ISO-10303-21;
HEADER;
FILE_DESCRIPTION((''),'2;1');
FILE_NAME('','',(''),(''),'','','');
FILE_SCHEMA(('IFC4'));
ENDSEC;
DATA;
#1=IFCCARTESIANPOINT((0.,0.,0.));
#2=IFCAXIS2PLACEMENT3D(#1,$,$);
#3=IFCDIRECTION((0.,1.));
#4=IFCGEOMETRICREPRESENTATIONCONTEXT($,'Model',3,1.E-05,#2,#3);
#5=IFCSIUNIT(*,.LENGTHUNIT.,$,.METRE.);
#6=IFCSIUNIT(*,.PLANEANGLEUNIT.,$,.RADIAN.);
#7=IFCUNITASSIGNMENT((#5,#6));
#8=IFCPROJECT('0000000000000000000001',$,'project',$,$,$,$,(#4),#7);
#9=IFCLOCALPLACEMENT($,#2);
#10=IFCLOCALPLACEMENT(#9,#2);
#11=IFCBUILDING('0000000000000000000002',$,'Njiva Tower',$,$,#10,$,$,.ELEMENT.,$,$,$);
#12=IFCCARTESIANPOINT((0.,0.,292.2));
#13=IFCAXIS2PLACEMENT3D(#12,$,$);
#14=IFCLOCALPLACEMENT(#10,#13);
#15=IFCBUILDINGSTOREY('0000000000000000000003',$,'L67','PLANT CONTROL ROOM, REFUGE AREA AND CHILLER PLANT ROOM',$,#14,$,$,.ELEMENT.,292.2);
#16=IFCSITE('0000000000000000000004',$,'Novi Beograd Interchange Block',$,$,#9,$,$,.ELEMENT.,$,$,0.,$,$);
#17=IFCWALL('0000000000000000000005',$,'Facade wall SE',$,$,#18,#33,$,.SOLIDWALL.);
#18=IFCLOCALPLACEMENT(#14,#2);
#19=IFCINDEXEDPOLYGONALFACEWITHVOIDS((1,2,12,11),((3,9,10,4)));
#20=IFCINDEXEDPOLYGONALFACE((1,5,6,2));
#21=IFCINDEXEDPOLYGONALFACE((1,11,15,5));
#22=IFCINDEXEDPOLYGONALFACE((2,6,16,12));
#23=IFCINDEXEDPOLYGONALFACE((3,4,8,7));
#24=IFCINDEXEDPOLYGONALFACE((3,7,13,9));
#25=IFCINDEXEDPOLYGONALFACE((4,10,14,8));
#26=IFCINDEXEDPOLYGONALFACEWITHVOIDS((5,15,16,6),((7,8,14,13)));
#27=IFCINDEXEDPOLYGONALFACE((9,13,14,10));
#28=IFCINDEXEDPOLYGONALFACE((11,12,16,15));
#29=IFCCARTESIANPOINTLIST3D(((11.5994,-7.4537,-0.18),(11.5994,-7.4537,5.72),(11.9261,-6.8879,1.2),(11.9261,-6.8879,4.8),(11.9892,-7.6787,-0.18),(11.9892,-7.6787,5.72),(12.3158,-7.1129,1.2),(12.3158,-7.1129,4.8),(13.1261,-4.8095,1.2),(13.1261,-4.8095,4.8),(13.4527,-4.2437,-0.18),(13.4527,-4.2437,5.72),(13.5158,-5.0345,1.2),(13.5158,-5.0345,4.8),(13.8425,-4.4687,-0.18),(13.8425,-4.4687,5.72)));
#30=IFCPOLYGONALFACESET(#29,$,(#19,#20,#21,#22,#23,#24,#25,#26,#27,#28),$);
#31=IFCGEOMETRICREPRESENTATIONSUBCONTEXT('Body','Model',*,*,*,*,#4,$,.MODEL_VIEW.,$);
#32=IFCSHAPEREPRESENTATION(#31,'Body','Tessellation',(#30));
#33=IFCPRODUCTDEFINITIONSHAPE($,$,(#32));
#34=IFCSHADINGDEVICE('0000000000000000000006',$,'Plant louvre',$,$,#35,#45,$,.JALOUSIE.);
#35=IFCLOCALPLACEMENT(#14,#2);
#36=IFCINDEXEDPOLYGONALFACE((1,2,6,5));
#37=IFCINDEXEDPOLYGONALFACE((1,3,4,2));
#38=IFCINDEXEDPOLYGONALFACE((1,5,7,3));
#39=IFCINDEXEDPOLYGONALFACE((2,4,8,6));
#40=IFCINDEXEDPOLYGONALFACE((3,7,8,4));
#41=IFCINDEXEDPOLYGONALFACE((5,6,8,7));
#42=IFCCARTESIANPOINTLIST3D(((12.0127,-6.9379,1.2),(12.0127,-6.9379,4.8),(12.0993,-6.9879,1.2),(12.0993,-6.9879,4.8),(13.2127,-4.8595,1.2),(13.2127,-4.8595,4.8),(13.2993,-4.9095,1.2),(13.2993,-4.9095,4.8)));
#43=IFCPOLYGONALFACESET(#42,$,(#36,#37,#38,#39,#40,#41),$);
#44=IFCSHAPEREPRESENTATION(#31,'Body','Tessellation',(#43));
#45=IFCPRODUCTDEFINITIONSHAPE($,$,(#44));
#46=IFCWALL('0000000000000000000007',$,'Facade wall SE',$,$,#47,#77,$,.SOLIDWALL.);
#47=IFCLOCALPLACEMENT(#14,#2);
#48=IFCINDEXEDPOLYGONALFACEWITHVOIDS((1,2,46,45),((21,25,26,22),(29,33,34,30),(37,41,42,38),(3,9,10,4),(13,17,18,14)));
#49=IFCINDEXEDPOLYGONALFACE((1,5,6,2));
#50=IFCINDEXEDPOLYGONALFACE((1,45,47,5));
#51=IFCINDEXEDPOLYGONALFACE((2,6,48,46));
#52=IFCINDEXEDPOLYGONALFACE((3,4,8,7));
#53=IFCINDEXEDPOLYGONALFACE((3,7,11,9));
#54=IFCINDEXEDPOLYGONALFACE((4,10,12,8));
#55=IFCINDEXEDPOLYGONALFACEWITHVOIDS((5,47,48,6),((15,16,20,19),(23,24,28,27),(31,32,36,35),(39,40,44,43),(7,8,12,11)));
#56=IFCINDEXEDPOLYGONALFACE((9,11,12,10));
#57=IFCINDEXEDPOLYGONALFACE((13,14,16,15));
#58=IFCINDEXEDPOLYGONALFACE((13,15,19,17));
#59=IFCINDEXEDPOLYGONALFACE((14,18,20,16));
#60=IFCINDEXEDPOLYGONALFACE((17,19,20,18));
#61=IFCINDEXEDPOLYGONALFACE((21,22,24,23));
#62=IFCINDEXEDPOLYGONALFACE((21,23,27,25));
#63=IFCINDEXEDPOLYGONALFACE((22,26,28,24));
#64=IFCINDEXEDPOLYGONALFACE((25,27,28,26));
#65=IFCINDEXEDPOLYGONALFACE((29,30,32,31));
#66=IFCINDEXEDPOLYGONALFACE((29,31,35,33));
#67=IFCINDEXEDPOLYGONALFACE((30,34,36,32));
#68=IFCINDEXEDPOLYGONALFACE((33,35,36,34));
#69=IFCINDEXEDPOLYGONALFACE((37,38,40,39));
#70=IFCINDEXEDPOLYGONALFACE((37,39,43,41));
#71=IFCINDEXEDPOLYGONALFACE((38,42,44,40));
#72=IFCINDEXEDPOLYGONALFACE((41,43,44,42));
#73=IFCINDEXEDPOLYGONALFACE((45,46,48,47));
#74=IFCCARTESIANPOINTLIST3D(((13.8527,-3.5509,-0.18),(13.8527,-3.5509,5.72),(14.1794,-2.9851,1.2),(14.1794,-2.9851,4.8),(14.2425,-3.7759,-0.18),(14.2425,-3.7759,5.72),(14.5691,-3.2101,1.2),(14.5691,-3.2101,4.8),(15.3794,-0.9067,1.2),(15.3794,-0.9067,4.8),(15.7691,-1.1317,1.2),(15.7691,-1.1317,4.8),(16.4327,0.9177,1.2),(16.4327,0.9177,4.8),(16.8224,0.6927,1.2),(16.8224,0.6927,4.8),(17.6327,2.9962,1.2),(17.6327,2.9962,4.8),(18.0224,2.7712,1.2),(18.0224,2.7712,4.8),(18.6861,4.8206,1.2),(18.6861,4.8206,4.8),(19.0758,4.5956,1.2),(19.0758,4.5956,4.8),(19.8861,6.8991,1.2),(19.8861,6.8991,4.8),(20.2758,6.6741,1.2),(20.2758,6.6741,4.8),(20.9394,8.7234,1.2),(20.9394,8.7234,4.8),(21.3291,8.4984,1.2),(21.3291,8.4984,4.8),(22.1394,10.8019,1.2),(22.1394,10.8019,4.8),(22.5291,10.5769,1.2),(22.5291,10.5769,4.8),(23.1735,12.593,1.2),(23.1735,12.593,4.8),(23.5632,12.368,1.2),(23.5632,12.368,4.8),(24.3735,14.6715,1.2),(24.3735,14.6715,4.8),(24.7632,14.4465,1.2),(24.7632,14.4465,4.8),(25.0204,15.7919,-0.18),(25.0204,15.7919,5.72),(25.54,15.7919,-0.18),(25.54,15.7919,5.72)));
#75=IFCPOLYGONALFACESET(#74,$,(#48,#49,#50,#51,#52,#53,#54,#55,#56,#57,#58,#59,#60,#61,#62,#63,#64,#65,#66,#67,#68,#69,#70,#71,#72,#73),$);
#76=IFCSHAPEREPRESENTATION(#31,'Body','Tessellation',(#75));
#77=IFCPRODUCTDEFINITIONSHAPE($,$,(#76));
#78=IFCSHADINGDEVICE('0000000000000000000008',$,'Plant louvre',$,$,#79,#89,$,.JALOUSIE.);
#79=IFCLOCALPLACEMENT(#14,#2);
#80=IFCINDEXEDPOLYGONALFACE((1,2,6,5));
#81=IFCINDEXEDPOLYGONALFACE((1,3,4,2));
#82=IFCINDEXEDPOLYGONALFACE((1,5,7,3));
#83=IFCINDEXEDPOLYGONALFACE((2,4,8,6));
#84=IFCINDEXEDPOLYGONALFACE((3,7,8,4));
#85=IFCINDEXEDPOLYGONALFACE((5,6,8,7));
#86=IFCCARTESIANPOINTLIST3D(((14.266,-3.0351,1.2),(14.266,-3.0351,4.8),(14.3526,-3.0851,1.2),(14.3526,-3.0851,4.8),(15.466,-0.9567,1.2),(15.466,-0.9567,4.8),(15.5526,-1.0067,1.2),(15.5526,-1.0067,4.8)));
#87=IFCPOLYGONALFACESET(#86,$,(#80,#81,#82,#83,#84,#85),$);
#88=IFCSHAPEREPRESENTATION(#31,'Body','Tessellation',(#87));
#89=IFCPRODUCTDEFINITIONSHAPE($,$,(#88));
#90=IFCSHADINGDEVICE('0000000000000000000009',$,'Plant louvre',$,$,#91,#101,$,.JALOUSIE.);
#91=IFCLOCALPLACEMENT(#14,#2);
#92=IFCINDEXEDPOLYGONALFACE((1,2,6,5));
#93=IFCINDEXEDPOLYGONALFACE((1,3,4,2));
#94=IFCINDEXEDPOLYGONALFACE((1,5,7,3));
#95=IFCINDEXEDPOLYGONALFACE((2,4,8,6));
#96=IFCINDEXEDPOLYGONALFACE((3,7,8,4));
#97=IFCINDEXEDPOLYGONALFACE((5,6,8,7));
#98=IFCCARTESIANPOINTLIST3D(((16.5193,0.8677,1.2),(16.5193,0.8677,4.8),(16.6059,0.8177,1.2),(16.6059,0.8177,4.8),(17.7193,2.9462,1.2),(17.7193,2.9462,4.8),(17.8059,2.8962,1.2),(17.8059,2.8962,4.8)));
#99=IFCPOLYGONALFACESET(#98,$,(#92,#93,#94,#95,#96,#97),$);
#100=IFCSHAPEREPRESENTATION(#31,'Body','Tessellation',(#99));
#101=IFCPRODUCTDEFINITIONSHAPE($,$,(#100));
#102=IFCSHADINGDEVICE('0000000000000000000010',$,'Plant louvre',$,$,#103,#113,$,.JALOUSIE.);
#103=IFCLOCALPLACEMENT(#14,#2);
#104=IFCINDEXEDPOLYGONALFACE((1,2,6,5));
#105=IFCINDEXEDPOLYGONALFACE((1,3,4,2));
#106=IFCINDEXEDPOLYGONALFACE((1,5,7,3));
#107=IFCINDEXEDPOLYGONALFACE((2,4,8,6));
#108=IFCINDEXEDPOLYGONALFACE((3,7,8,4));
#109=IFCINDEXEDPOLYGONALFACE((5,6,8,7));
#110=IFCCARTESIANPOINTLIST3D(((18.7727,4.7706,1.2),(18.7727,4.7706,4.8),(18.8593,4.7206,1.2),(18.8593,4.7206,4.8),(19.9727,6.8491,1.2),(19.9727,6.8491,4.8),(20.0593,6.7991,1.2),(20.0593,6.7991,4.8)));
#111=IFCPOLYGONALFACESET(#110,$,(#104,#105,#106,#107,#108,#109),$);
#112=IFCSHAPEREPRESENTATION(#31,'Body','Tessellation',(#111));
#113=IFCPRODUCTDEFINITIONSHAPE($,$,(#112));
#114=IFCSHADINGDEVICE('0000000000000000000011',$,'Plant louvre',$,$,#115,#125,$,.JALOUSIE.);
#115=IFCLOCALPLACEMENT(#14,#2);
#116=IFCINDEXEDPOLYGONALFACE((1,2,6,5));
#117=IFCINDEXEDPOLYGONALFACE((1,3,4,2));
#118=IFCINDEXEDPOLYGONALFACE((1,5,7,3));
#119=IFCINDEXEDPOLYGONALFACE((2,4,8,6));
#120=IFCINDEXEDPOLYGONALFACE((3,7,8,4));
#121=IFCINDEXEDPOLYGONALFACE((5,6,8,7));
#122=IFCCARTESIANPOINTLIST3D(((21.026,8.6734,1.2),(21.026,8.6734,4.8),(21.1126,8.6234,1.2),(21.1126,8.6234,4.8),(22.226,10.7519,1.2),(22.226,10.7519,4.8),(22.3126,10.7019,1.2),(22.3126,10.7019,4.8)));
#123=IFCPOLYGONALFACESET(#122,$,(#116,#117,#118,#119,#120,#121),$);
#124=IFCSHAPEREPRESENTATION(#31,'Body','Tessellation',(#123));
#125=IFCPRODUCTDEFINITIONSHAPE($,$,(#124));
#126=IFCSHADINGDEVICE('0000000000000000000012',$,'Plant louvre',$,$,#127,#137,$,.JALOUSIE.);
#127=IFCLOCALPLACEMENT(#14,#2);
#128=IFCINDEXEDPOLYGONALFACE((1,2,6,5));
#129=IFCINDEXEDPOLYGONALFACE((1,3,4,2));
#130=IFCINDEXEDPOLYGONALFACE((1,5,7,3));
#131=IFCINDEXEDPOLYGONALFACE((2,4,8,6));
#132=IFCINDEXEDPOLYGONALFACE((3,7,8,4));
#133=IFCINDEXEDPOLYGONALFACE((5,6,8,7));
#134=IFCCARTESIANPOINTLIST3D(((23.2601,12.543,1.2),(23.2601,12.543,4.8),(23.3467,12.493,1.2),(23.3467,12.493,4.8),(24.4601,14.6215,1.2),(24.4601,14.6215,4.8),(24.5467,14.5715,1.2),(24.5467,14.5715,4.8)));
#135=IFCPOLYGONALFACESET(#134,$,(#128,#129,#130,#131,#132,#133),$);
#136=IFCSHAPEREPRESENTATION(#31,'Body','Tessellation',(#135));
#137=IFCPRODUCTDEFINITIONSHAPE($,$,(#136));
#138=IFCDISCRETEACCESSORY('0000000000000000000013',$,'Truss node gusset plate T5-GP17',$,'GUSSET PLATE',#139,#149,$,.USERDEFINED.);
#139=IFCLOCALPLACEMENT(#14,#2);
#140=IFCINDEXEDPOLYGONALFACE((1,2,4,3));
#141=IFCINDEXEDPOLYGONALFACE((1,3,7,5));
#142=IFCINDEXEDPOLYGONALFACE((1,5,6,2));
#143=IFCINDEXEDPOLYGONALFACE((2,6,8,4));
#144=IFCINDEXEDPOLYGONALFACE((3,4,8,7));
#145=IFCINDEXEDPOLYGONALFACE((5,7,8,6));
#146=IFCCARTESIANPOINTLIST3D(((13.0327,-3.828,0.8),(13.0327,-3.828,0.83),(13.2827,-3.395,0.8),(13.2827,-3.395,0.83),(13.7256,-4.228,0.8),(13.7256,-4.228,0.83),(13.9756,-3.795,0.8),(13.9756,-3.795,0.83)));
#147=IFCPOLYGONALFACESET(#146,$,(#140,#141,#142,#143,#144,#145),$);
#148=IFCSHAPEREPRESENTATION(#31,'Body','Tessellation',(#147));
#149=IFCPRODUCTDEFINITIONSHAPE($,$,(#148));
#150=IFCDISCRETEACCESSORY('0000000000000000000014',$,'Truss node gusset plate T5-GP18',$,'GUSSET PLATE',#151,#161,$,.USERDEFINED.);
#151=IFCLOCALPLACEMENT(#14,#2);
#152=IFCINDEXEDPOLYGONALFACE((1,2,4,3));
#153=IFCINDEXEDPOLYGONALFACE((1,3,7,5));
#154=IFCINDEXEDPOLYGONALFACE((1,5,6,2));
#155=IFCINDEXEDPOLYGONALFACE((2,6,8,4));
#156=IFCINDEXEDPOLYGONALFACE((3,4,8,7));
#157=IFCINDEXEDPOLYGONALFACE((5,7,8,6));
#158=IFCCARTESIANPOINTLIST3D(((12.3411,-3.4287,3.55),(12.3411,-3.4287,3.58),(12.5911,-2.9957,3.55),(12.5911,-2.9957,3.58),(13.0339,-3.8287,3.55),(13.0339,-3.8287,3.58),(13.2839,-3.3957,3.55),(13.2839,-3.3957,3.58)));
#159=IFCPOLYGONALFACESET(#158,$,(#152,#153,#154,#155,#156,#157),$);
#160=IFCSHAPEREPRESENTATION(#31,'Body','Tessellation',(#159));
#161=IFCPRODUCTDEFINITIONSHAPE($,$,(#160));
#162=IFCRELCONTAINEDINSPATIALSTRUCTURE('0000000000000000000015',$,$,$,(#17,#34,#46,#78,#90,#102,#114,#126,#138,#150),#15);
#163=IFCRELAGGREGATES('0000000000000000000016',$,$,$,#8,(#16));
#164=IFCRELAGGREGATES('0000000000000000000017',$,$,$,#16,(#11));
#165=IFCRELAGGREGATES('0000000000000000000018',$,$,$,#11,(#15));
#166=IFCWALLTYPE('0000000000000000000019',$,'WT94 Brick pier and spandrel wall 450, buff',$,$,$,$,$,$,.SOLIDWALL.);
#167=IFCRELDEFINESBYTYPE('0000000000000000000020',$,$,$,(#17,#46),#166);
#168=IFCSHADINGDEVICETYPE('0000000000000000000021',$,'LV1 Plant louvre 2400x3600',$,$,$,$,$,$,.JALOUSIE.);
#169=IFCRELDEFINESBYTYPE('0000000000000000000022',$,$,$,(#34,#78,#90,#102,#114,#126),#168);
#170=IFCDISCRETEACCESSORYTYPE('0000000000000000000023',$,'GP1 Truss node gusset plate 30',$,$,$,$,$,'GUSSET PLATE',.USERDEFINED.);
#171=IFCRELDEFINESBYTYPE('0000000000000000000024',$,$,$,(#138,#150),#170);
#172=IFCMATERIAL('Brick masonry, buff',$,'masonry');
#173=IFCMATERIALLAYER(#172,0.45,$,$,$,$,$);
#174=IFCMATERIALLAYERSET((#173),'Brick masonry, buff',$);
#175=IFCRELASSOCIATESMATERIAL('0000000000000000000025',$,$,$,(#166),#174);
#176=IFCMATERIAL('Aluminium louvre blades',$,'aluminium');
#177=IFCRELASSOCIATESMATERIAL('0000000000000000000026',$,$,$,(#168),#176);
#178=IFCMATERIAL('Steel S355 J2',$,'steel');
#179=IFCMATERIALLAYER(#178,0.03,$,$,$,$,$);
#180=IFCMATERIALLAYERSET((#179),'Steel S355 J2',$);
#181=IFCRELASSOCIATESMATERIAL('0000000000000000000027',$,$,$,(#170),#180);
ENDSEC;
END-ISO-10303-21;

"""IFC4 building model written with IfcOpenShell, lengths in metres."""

from ifc_helpers import new_model, si_unit, direction, frame, frame_2d, origin, place, context, subcontext, project, spatial, polyline, rectangle, outline, extrude, material, layer, layer_set, type_object, element, fill, save


model = new_model("IFC4")

# Units and contexts
model_context = context("Model", 3, precision=1e-05, world=origin(), true_north=direction((0.0, 1.0)))
body_context = subcontext(model_context, "Body", "Model", "MODEL_VIEW")
ifc_project = project(units=[si_unit("LENGTHUNIT", "METRE"), si_unit("PLANEANGLEUNIT", "RADIAN")], contexts=[model_context])

# Site, building, storey
site_placement = place(None, origin())
site = spatial("IfcSite", under=ifc_project, at=site_placement, Name="Novi Beograd Interchange Block", CompositionType="ELEMENT", RefElevation=0.0)
building_placement = place(site_placement, origin())
building = spatial("IfcBuilding", under=site, at=building_placement, Name="Njiva Tower", CompositionType="ELEMENT")
storey_placement = place(building_placement, frame((0.0, 0.0, 292.2)))
storey = spatial("IfcBuildingStorey", under=building, at=storey_placement, Name="L67", Description="PLANT CONTROL ROOM, REFUGE AREA AND CHILLER PLANT ROOM", CompositionType="ELEMENT", Elevation=292.2)

# Shared definitions
ifc_material_1 = material(Name="Steel S355 J2", Category="steel")

# Wall, opening, shading device
ifc_material_2 = material(Name="Brick masonry, buff", Category="masonry")
ifc_layer_1 = layer(ifc_material_2, 0.45)
ifc_layer_set_1 = layer_set([ifc_layer_1], Name="Brick masonry, buff")
wall_type = type_object("IfcWallType", Name="WT94 Brick pier and spandrel wall 450, buff", PredefinedType="SOLIDWALL", material=ifc_layer_set_1)
wall_1_placement = place(storey_placement, frame((11.7943, -7.5662, -0.18), z_axis=(0.0, 0.0, 1.0), x_axis=(0.500001, 0.866025, 0.0)))
wall_1 = element("IfcWall", 1, at=wall_1_placement, inside=storey, type_object=wall_type, Name="Facade wall SE", PredefinedType="SOLIDWALL", context=body_context, shape_type="SweptSolid", body=[
    extrude(outline(polyline([(0.0, -0.225), (3.7066, -0.225), (3.7066, 0.225), (0.0, 0.225), (0.0, -0.225)])), origin(), (0.0, 0.0, 1.0), 5.9),
])
opening_1_placement = place(wall_1_placement, frame((0.6533, 0.0, 1.38)))
opening_1 = element("IfcOpeningElement", 2, at=opening_1_placement, cuts=wall_1, PredefinedType="OPENING", context=body_context, shape_type="SweptSolid", body=[
    extrude(rectangle(XDim=2.4, YDim=3.6, at=frame_2d((1.2, 1.8))), frame((0.0, 0.235, 0.0), z_axis=(0.0, -1.0, 0.0), x_axis=(1.0, 0.0, 0.0)), (0.0, 0.0, 1.0), 0.47),
])
ifc_material_3 = material(Name="Aluminium louvre blades", Category="aluminium")
shading_device_type = type_object("IfcShadingDeviceType", Name="LV1 Plant louvre 2400x3600", PredefinedType="JALOUSIE", material=ifc_material_3)
shading_device_1_placement = place(opening_1_placement, origin())
shading_device_1 = element("IfcShadingDevice", 3, at=shading_device_1_placement, inside=storey, type_object=shading_device_type, Name="Plant louvre", PredefinedType="JALOUSIE", context=body_context, shape_type="SweptSolid", body=[
    extrude(rectangle(XDim=2.4, YDim=3.6, at=frame_2d((1.2, 1.8))), frame((0.0, 0.125, 0.0), z_axis=(0.0, -1.0, 0.0), x_axis=(1.0, 0.0, 0.0)), (0.0, 0.0, 1.0), 0.1),
])
fill(opening_1, shading_device_1)

# Wall, openings, shading devices
wall_2_placement = place(storey_placement, frame((14.0476, -3.6634, -0.18), z_axis=(0.0, 0.0, 1.0), x_axis=(0.500003, 0.866024, 0.0)))
wall_2 = element("IfcWall", 4, at=wall_2_placement, inside=storey, type_object=wall_type, Name="Facade wall SE", PredefinedType="SOLIDWALL", context=body_context, shape_type="SweptSolid", body=[
    extrude(outline(polyline([(0.0, -0.225), (22.595, -0.225), (22.3352, 0.225), (0.0, 0.225), (0.0, -0.225)])), origin(), (0.0, 0.0, 1.0), 5.9),
])
opening_2_placement = place(wall_2_placement, frame((0.6533, 0.0, 1.38)))
opening_2 = element("IfcOpeningElement", 5, at=opening_2_placement, cuts=wall_2, PredefinedType="OPENING", context=body_context, shape_type="SweptSolid", body=[
    extrude(rectangle(XDim=2.4, YDim=3.6, at=frame_2d((1.2, 1.8))), frame((0.0, 0.235, 0.0), z_axis=(0.0, -1.0, 0.0), x_axis=(1.0, 0.0, 0.0)), (0.0, 0.0, 1.0), 0.47),
])
opening_3_placement = place(wall_2_placement, frame((5.1599, 0.0, 1.38)))
opening_3 = element("IfcOpeningElement", 6, at=opening_3_placement, cuts=wall_2, PredefinedType="OPENING", context=body_context, shape_type="SweptSolid", body=[
    extrude(rectangle(XDim=2.4, YDim=3.6, at=frame_2d((1.2, 1.8))), frame((0.0, 0.235, 0.0), z_axis=(0.0, -1.0, 0.0), x_axis=(1.0, 0.0, 0.0)), (0.0, 0.0, 1.0), 0.47),
])
opening_4_placement = place(wall_2_placement, frame((9.6666, 0.0, 1.38)))
opening_4 = element("IfcOpeningElement", 7, at=opening_4_placement, cuts=wall_2, PredefinedType="OPENING", context=body_context, shape_type="SweptSolid", body=[
    extrude(rectangle(XDim=2.4, YDim=3.6, at=frame_2d((1.2, 1.8))), frame((0.0, 0.235, 0.0), z_axis=(0.0, -1.0, 0.0), x_axis=(1.0, 0.0, 0.0)), (0.0, 0.0, 1.0), 0.47),
])
opening_5_placement = place(wall_2_placement, frame((14.1732, 0.0, 1.38)))
opening_5 = element("IfcOpeningElement", 8, at=opening_5_placement, cuts=wall_2, PredefinedType="OPENING", context=body_context, shape_type="SweptSolid", body=[
    extrude(rectangle(XDim=2.4, YDim=3.6, at=frame_2d((1.2, 1.8))), frame((0.0, 0.235, 0.0), z_axis=(0.0, -1.0, 0.0), x_axis=(1.0, 0.0, 0.0)), (0.0, 0.0, 1.0), 0.47),
])
opening_6_placement = place(wall_2_placement, frame((18.6414, 0.0, 1.38)))
opening_6 = element("IfcOpeningElement", 9, at=opening_6_placement, cuts=wall_2, PredefinedType="OPENING", context=body_context, shape_type="SweptSolid", body=[
    extrude(rectangle(XDim=2.4, YDim=3.6, at=frame_2d((1.2, 1.8))), frame((0.0, 0.235, 0.0), z_axis=(0.0, -1.0, 0.0), x_axis=(1.0, 0.0, 0.0)), (0.0, 0.0, 1.0), 0.47),
])
shading_device_2_placement = place(opening_2_placement, origin())
shading_device_2 = element("IfcShadingDevice", 10, at=shading_device_2_placement, inside=storey, type_object=shading_device_type, Name="Plant louvre", PredefinedType="JALOUSIE", context=body_context, shape_type="SweptSolid", body=[
    extrude(rectangle(XDim=2.4, YDim=3.6, at=frame_2d((1.2, 1.8))), frame((0.0, 0.125, 0.0), z_axis=(0.0, -1.0, 0.0), x_axis=(1.0, 0.0, 0.0)), (0.0, 0.0, 1.0), 0.1),
])
fill(opening_2, shading_device_2)
shading_device_3_placement = place(opening_3_placement, origin())
shading_device_3 = element("IfcShadingDevice", 11, at=shading_device_3_placement, inside=storey, type_object=shading_device_type, Name="Plant louvre", PredefinedType="JALOUSIE", context=body_context, shape_type="SweptSolid", body=[
    extrude(rectangle(XDim=2.4, YDim=3.6, at=frame_2d((1.2, 1.8))), frame((0.0, 0.125, 0.0), z_axis=(0.0, -1.0, 0.0), x_axis=(1.0, 0.0, 0.0)), (0.0, 0.0, 1.0), 0.1),
])
fill(opening_3, shading_device_3)
shading_device_4_placement = place(opening_4_placement, origin())
shading_device_4 = element("IfcShadingDevice", 12, at=shading_device_4_placement, inside=storey, type_object=shading_device_type, Name="Plant louvre", PredefinedType="JALOUSIE", context=body_context, shape_type="SweptSolid", body=[
    extrude(rectangle(XDim=2.4, YDim=3.6, at=frame_2d((1.2, 1.8))), frame((0.0, 0.125, 0.0), z_axis=(0.0, -1.0, 0.0), x_axis=(1.0, 0.0, 0.0)), (0.0, 0.0, 1.0), 0.1),
])
fill(opening_4, shading_device_4)
shading_device_5_placement = place(opening_5_placement, origin())
shading_device_5 = element("IfcShadingDevice", 13, at=shading_device_5_placement, inside=storey, type_object=shading_device_type, Name="Plant louvre", PredefinedType="JALOUSIE", context=body_context, shape_type="SweptSolid", body=[
    extrude(rectangle(XDim=2.4, YDim=3.6, at=frame_2d((1.2, 1.8))), frame((0.0, 0.125, 0.0), z_axis=(0.0, -1.0, 0.0), x_axis=(1.0, 0.0, 0.0)), (0.0, 0.0, 1.0), 0.1),
])
fill(opening_5, shading_device_5)
shading_device_6_placement = place(opening_6_placement, origin())
shading_device_6 = element("IfcShadingDevice", 14, at=shading_device_6_placement, inside=storey, type_object=shading_device_type, Name="Plant louvre", PredefinedType="JALOUSIE", context=body_context, shape_type="SweptSolid", body=[
    extrude(rectangle(XDim=2.4, YDim=3.6, at=frame_2d((1.2, 1.8))), frame((0.0, 0.125, 0.0), z_axis=(0.0, -1.0, 0.0), x_axis=(1.0, 0.0, 0.0)), (0.0, 0.0, 1.0), 0.1),
])
fill(opening_6, shading_device_6)

# Discrete accessories
ifc_layer_2 = layer(ifc_material_1, 0.03)
ifc_layer_set_2 = layer_set([ifc_layer_2], Name="Steel S355 J2")
discrete_accessory_type = type_object("IfcDiscreteAccessoryType", Name="GP1 Truss node gusset plate 30", ElementType="GUSSET PLATE", PredefinedType="USERDEFINED", material=ifc_layer_set_2)
discrete_accessory_1_placement = place(storey_placement, frame((13.5041, -3.8115, 0.8)))
element("IfcDiscreteAccessory", 15, at=discrete_accessory_1_placement, inside=storey, type_object=discrete_accessory_type, Name="Truss node gusset plate T5-GP17", ObjectType="GUSSET PLATE", PredefinedType="USERDEFINED", context=body_context, shape_type="SweptSolid", body=[
    extrude(outline(polyline([(-0.4714, -0.0165), (0.2215, -0.4165), (0.4715, 0.0165), (-0.2214, 0.4165), (-0.4714, -0.0165)])), origin(), (0.0, 0.0, 1.0), 0.03),
])
discrete_accessory_2_placement = place(storey_placement, frame((12.8125, -3.4122, 3.55)))
element("IfcDiscreteAccessory", 16, at=discrete_accessory_2_placement, inside=storey, type_object=discrete_accessory_type, Name="Truss node gusset plate T5-GP18", ObjectType="GUSSET PLATE", PredefinedType="USERDEFINED", context=body_context, shape_type="SweptSolid", body=[
    extrude(outline(polyline([(0.4714, 0.0165), (-0.2214, 0.4165), (-0.4714, -0.0165), (0.2214, -0.4165), (0.4714, 0.0165)])), origin(), (0.0, 0.0, 1.0), 0.03),
])

save(model, "model.ifc")
